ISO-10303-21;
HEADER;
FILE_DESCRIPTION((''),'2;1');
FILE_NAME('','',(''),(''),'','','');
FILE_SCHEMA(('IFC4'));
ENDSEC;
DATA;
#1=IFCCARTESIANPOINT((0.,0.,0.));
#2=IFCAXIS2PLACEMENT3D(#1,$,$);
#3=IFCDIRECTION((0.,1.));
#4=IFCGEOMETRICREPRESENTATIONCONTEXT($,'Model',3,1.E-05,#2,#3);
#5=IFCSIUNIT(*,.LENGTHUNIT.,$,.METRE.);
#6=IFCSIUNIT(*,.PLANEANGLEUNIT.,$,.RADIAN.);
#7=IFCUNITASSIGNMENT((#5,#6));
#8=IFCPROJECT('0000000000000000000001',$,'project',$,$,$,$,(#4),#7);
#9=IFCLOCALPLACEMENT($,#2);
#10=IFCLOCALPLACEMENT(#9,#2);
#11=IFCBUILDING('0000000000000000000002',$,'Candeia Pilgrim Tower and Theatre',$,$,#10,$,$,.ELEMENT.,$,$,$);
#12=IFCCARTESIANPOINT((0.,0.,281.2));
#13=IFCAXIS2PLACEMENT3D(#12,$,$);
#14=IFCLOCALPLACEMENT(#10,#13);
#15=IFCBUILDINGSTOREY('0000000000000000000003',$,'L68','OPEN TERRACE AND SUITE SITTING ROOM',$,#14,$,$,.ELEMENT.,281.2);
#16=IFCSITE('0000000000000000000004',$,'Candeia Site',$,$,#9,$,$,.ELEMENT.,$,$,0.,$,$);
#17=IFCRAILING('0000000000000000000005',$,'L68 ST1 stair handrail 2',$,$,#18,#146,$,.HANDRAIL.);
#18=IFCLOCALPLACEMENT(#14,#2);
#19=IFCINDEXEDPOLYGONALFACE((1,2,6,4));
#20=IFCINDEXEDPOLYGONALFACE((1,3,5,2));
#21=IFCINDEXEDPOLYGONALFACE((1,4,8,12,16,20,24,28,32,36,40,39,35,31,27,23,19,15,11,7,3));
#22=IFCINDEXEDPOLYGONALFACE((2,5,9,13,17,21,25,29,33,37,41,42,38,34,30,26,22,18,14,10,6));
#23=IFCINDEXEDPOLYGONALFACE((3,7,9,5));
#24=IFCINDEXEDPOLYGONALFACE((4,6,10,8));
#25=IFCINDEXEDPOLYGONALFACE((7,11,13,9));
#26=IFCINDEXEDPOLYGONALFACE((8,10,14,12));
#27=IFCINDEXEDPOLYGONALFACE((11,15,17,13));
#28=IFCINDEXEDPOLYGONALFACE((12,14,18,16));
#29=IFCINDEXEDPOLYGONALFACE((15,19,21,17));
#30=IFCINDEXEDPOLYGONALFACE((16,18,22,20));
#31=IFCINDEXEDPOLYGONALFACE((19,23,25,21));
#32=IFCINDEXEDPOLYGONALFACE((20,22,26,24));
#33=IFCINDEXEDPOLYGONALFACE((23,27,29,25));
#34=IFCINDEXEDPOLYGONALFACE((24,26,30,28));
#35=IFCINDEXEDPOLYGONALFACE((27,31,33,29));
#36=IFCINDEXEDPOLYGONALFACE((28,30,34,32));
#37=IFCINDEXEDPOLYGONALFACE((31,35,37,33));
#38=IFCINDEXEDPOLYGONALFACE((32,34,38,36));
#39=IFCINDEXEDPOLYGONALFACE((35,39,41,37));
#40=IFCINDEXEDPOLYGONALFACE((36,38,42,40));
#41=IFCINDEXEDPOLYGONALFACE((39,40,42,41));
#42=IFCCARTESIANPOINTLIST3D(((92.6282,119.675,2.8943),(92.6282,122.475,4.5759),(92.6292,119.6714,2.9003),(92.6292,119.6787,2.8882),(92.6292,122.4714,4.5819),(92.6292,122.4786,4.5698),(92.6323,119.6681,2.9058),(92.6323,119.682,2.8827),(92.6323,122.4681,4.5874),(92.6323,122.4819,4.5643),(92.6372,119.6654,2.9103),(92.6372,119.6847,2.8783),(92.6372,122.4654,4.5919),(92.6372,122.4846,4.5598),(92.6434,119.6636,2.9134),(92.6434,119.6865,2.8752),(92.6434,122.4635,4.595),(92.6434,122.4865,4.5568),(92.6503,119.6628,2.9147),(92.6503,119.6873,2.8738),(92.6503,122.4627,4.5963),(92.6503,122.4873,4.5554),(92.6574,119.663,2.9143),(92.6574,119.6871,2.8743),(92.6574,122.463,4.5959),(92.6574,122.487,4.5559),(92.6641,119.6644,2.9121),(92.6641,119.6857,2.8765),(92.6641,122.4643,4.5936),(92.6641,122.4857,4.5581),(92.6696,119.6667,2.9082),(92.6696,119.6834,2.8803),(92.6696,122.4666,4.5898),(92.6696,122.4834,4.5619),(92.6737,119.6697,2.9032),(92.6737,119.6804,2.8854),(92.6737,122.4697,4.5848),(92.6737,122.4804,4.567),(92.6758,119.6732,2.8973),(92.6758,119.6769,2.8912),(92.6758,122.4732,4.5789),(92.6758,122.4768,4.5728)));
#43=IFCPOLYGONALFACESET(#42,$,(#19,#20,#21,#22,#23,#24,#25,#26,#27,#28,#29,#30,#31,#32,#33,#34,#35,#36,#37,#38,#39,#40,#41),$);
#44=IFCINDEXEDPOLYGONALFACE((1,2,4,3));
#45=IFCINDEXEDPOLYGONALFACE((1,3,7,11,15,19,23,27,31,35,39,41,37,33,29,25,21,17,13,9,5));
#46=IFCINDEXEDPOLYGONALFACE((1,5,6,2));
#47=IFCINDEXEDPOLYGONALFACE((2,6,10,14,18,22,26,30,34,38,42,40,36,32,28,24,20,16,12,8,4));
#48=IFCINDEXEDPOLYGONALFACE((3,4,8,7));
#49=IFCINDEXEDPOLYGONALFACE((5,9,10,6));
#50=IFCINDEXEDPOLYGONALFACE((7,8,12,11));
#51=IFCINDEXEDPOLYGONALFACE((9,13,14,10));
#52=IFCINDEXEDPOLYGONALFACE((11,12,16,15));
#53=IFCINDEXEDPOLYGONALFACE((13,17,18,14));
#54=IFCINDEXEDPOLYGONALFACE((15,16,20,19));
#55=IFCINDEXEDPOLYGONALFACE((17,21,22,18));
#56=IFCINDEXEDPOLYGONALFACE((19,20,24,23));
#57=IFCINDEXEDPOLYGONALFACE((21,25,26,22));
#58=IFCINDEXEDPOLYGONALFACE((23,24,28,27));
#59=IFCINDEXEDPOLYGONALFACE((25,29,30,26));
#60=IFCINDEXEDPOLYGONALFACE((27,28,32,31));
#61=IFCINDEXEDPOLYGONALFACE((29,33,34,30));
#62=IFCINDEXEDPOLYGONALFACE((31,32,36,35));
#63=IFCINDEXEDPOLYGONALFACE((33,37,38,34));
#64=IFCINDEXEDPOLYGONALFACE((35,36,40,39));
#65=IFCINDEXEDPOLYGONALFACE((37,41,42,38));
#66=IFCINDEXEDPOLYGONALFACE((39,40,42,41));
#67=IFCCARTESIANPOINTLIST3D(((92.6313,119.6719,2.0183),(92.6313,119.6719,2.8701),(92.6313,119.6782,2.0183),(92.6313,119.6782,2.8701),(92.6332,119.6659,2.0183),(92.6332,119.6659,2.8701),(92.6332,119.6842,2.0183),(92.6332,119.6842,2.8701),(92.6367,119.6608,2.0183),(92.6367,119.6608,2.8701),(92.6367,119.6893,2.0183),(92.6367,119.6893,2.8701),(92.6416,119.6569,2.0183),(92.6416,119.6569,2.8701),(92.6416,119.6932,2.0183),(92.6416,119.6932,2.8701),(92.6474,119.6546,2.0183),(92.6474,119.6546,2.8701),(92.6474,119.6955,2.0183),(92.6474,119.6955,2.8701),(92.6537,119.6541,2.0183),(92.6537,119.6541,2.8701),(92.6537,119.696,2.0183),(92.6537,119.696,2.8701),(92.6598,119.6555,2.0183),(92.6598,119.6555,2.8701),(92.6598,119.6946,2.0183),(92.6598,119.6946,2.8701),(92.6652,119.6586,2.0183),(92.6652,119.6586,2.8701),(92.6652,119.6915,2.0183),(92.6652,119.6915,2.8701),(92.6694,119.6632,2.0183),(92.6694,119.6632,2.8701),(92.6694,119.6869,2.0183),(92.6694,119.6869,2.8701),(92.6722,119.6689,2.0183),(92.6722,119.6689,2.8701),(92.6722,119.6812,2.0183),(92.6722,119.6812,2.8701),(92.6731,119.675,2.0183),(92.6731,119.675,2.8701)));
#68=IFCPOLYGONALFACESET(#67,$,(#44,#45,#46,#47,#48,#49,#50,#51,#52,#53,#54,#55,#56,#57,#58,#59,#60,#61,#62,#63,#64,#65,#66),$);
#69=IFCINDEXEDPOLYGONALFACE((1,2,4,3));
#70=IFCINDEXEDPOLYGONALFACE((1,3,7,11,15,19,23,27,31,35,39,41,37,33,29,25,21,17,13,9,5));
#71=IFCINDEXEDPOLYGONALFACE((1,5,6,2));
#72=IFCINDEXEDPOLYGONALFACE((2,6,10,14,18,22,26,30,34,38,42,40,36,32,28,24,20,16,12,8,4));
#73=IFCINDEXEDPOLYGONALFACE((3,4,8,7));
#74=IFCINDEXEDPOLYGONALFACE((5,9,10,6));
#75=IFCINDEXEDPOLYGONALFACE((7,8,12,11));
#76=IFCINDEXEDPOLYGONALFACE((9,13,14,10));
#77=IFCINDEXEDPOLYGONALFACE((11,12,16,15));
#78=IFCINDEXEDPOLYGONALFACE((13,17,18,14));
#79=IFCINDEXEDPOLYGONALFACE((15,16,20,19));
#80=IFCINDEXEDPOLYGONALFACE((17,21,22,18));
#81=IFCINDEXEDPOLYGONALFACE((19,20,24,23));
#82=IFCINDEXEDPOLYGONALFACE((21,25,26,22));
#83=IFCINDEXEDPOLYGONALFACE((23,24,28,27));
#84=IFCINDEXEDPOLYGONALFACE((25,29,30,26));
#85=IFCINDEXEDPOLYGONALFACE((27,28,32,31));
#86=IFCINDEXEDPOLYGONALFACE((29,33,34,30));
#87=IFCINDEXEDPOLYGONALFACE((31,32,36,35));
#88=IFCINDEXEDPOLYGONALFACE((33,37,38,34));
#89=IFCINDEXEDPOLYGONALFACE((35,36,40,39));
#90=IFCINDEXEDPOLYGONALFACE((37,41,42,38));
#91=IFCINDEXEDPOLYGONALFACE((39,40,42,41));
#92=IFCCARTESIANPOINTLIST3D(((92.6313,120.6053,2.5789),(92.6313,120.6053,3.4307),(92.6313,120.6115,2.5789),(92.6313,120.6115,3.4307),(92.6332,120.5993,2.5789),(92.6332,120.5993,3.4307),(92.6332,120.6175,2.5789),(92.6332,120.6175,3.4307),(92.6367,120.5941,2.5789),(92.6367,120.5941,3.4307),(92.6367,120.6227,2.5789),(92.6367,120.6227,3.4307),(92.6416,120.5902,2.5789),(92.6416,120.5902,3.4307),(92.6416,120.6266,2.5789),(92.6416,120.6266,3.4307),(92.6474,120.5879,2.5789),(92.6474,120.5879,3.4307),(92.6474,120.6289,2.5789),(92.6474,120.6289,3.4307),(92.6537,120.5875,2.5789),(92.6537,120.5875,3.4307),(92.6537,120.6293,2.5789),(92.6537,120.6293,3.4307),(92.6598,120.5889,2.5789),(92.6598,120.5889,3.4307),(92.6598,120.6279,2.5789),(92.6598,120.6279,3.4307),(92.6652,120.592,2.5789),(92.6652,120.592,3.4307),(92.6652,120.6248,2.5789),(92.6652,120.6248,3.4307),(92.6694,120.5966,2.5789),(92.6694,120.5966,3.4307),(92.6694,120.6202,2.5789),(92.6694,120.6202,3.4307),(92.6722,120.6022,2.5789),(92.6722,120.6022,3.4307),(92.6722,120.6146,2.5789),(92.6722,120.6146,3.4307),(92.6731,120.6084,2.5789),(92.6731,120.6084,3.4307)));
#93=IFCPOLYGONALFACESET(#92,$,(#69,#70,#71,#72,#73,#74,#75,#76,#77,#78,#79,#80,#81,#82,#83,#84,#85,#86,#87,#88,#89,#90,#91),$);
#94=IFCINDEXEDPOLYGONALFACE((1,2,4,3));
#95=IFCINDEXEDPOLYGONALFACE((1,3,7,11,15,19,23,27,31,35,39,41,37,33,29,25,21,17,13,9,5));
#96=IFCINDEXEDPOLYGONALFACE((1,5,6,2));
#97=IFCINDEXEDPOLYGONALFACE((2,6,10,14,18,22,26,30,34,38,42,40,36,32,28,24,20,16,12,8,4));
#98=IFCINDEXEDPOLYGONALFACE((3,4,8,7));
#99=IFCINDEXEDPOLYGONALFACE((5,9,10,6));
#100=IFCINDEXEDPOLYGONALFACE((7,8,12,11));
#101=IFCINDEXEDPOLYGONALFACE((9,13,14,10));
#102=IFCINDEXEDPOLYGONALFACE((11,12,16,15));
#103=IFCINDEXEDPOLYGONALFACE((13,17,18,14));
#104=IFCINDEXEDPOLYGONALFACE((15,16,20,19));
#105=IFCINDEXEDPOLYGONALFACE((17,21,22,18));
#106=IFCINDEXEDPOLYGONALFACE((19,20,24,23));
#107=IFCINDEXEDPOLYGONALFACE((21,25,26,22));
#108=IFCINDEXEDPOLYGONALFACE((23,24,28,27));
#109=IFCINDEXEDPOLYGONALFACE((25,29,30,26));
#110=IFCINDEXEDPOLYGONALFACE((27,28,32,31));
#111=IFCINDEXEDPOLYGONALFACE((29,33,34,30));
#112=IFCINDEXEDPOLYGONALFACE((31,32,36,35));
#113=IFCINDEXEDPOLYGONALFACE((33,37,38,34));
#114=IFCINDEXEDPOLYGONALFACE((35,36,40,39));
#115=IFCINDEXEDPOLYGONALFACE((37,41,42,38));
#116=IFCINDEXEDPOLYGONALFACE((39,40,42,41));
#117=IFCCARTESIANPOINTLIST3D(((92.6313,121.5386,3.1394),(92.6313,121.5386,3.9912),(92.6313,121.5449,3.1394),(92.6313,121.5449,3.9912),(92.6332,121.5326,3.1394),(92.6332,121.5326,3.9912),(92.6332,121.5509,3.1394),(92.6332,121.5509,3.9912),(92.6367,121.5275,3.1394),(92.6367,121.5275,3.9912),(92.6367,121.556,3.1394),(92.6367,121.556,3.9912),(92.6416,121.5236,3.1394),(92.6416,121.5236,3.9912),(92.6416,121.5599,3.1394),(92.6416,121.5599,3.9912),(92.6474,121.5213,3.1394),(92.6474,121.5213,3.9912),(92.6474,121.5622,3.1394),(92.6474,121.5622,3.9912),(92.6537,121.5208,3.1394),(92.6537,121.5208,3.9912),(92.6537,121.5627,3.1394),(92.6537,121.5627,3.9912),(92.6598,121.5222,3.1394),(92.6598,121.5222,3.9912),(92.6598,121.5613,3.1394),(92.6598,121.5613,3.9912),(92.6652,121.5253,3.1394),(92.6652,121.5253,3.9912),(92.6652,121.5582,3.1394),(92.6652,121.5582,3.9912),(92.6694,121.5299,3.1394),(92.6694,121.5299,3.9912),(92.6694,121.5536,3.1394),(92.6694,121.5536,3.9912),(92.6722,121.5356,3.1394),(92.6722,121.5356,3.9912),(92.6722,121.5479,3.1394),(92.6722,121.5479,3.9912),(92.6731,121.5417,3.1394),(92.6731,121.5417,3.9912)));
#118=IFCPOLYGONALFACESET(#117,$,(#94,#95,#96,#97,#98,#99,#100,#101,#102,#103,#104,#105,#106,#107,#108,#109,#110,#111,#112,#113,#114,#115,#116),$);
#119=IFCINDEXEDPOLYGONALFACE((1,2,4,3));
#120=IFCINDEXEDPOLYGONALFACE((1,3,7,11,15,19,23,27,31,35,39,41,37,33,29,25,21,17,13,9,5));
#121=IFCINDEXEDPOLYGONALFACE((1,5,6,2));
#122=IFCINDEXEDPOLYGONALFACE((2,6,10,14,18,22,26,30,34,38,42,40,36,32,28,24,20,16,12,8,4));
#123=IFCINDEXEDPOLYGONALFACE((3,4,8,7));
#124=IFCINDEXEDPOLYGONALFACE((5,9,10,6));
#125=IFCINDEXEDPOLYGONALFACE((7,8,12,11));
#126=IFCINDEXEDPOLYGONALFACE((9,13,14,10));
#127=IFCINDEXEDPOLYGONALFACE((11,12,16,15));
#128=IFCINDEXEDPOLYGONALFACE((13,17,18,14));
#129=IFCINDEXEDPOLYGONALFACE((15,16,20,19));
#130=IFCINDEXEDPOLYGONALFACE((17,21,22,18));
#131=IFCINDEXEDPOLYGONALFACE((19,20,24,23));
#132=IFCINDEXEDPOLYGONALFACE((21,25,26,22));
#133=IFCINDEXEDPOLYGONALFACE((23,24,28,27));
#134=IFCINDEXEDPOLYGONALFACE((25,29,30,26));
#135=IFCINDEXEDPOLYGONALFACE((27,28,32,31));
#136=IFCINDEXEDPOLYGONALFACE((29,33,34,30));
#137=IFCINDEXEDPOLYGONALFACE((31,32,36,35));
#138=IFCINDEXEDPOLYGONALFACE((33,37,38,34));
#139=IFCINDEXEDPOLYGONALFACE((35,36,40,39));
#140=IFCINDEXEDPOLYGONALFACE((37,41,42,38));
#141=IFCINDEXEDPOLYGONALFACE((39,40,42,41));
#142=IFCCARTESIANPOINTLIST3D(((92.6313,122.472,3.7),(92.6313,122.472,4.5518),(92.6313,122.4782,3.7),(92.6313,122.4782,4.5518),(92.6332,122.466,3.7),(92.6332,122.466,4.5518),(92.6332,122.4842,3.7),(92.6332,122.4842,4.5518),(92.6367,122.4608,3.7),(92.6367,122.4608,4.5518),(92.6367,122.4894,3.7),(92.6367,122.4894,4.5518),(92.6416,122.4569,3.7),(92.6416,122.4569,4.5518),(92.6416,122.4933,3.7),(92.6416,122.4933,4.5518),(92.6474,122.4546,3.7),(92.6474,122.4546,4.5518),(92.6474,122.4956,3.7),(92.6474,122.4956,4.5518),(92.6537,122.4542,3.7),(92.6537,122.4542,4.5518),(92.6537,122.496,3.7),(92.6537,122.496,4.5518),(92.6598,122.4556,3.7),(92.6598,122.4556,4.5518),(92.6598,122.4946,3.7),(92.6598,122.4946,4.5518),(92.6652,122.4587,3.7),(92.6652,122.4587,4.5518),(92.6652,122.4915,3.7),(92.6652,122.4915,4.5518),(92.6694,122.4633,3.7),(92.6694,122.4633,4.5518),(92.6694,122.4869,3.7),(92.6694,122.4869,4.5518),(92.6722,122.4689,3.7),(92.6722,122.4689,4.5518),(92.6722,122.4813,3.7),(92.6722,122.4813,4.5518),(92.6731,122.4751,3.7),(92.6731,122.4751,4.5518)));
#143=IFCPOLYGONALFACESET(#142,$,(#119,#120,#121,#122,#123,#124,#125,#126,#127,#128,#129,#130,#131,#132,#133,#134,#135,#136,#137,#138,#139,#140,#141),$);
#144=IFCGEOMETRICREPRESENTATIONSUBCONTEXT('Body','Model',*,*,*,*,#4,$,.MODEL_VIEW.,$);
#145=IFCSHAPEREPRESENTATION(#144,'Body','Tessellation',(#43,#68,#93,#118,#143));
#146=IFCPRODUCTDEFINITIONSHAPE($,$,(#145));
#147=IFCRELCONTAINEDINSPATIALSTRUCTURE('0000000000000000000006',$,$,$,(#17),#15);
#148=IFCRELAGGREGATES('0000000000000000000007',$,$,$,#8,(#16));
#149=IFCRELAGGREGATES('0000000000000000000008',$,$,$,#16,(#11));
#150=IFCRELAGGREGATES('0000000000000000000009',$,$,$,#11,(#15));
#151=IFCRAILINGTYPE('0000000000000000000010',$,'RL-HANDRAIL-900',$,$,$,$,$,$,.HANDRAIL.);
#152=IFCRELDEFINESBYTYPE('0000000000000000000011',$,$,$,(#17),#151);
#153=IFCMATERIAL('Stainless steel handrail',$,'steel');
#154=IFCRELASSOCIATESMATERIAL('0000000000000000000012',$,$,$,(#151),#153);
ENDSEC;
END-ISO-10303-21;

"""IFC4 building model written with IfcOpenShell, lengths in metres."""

from ifc_helpers import new_model, si_unit, direction, frame, origin, origin_2d, place, context, subcontext, project, spatial, circle, extrude, material, type_object, element, save


model = new_model("IFC4")

# Units and contexts
model_context = context("Model", 3, precision=1e-05, world=origin(), true_north=direction((0.0, 1.0)))
body_context = subcontext(model_context, "Body", "Model", "MODEL_VIEW")
ifc_project = project(units=[si_unit("LENGTHUNIT", "METRE"), si_unit("PLANEANGLEUNIT", "RADIAN")], contexts=[model_context])

# Site, building, storey
site_placement = place(None, origin())
site = spatial("IfcSite", under=ifc_project, at=site_placement, Name="Candeia Site", CompositionType="ELEMENT", RefElevation=0.0)
building_placement = place(site_placement, origin())
building = spatial("IfcBuilding", under=site, at=building_placement, Name="Candeia Pilgrim Tower and Theatre", CompositionType="ELEMENT")
storey_placement = place(building_placement, frame((0.0, 0.0, 281.2)))
storey = spatial("IfcBuildingStorey", under=building, at=storey_placement, Name="L68", Description="OPEN TERRACE AND SUITE SITTING ROOM", CompositionType="ELEMENT", Elevation=281.2)

# Railing
ifc_material_1 = material(Name="Stainless steel handrail", Category="steel")
railing_type_1 = type_object("IfcRailingType", Name="RL-HANDRAIL-900", PredefinedType="HANDRAIL", material=ifc_material_1)
railing_1_placement = place(storey_placement, frame((92.6521, 119.675, 2.0183)))
element("IfcRailing", 1, at=railing_1_placement, inside=storey, type_object=railing_type_1, Name="L68 ST1 stair handrail 2", PredefinedType="HANDRAIL", context=body_context, shape_type="SweptSolid", body=[
    extrude(circle(Radius=0.0239, at=origin_2d()), frame((0.0, 0.0, 0.876), z_axis=(0.0, 0.857275, 0.514858), x_axis=(-1.0, 0.0, 0.0)), (0.0, 0.0, 1.0), 3.2661),
    extrude(circle(Radius=0.021, at=origin_2d()), origin(), (0.0, 0.0, 1.0), 0.8518),
    extrude(circle(Radius=0.021, at=origin_2d()), frame((0.0, 0.9333, 0.5605)), (0.0, 0.0, 1.0), 0.8518),
    extrude(circle(Radius=0.021, at=origin_2d()), frame((0.0, 1.8667, 1.1211)), (0.0, 0.0, 1.0), 0.8518),
    extrude(circle(Radius=0.021, at=origin_2d()), frame((0.0, 2.8, 1.6816)), (0.0, 0.0, 1.0), 0.8518),
])

save(model, "model.ifc")
